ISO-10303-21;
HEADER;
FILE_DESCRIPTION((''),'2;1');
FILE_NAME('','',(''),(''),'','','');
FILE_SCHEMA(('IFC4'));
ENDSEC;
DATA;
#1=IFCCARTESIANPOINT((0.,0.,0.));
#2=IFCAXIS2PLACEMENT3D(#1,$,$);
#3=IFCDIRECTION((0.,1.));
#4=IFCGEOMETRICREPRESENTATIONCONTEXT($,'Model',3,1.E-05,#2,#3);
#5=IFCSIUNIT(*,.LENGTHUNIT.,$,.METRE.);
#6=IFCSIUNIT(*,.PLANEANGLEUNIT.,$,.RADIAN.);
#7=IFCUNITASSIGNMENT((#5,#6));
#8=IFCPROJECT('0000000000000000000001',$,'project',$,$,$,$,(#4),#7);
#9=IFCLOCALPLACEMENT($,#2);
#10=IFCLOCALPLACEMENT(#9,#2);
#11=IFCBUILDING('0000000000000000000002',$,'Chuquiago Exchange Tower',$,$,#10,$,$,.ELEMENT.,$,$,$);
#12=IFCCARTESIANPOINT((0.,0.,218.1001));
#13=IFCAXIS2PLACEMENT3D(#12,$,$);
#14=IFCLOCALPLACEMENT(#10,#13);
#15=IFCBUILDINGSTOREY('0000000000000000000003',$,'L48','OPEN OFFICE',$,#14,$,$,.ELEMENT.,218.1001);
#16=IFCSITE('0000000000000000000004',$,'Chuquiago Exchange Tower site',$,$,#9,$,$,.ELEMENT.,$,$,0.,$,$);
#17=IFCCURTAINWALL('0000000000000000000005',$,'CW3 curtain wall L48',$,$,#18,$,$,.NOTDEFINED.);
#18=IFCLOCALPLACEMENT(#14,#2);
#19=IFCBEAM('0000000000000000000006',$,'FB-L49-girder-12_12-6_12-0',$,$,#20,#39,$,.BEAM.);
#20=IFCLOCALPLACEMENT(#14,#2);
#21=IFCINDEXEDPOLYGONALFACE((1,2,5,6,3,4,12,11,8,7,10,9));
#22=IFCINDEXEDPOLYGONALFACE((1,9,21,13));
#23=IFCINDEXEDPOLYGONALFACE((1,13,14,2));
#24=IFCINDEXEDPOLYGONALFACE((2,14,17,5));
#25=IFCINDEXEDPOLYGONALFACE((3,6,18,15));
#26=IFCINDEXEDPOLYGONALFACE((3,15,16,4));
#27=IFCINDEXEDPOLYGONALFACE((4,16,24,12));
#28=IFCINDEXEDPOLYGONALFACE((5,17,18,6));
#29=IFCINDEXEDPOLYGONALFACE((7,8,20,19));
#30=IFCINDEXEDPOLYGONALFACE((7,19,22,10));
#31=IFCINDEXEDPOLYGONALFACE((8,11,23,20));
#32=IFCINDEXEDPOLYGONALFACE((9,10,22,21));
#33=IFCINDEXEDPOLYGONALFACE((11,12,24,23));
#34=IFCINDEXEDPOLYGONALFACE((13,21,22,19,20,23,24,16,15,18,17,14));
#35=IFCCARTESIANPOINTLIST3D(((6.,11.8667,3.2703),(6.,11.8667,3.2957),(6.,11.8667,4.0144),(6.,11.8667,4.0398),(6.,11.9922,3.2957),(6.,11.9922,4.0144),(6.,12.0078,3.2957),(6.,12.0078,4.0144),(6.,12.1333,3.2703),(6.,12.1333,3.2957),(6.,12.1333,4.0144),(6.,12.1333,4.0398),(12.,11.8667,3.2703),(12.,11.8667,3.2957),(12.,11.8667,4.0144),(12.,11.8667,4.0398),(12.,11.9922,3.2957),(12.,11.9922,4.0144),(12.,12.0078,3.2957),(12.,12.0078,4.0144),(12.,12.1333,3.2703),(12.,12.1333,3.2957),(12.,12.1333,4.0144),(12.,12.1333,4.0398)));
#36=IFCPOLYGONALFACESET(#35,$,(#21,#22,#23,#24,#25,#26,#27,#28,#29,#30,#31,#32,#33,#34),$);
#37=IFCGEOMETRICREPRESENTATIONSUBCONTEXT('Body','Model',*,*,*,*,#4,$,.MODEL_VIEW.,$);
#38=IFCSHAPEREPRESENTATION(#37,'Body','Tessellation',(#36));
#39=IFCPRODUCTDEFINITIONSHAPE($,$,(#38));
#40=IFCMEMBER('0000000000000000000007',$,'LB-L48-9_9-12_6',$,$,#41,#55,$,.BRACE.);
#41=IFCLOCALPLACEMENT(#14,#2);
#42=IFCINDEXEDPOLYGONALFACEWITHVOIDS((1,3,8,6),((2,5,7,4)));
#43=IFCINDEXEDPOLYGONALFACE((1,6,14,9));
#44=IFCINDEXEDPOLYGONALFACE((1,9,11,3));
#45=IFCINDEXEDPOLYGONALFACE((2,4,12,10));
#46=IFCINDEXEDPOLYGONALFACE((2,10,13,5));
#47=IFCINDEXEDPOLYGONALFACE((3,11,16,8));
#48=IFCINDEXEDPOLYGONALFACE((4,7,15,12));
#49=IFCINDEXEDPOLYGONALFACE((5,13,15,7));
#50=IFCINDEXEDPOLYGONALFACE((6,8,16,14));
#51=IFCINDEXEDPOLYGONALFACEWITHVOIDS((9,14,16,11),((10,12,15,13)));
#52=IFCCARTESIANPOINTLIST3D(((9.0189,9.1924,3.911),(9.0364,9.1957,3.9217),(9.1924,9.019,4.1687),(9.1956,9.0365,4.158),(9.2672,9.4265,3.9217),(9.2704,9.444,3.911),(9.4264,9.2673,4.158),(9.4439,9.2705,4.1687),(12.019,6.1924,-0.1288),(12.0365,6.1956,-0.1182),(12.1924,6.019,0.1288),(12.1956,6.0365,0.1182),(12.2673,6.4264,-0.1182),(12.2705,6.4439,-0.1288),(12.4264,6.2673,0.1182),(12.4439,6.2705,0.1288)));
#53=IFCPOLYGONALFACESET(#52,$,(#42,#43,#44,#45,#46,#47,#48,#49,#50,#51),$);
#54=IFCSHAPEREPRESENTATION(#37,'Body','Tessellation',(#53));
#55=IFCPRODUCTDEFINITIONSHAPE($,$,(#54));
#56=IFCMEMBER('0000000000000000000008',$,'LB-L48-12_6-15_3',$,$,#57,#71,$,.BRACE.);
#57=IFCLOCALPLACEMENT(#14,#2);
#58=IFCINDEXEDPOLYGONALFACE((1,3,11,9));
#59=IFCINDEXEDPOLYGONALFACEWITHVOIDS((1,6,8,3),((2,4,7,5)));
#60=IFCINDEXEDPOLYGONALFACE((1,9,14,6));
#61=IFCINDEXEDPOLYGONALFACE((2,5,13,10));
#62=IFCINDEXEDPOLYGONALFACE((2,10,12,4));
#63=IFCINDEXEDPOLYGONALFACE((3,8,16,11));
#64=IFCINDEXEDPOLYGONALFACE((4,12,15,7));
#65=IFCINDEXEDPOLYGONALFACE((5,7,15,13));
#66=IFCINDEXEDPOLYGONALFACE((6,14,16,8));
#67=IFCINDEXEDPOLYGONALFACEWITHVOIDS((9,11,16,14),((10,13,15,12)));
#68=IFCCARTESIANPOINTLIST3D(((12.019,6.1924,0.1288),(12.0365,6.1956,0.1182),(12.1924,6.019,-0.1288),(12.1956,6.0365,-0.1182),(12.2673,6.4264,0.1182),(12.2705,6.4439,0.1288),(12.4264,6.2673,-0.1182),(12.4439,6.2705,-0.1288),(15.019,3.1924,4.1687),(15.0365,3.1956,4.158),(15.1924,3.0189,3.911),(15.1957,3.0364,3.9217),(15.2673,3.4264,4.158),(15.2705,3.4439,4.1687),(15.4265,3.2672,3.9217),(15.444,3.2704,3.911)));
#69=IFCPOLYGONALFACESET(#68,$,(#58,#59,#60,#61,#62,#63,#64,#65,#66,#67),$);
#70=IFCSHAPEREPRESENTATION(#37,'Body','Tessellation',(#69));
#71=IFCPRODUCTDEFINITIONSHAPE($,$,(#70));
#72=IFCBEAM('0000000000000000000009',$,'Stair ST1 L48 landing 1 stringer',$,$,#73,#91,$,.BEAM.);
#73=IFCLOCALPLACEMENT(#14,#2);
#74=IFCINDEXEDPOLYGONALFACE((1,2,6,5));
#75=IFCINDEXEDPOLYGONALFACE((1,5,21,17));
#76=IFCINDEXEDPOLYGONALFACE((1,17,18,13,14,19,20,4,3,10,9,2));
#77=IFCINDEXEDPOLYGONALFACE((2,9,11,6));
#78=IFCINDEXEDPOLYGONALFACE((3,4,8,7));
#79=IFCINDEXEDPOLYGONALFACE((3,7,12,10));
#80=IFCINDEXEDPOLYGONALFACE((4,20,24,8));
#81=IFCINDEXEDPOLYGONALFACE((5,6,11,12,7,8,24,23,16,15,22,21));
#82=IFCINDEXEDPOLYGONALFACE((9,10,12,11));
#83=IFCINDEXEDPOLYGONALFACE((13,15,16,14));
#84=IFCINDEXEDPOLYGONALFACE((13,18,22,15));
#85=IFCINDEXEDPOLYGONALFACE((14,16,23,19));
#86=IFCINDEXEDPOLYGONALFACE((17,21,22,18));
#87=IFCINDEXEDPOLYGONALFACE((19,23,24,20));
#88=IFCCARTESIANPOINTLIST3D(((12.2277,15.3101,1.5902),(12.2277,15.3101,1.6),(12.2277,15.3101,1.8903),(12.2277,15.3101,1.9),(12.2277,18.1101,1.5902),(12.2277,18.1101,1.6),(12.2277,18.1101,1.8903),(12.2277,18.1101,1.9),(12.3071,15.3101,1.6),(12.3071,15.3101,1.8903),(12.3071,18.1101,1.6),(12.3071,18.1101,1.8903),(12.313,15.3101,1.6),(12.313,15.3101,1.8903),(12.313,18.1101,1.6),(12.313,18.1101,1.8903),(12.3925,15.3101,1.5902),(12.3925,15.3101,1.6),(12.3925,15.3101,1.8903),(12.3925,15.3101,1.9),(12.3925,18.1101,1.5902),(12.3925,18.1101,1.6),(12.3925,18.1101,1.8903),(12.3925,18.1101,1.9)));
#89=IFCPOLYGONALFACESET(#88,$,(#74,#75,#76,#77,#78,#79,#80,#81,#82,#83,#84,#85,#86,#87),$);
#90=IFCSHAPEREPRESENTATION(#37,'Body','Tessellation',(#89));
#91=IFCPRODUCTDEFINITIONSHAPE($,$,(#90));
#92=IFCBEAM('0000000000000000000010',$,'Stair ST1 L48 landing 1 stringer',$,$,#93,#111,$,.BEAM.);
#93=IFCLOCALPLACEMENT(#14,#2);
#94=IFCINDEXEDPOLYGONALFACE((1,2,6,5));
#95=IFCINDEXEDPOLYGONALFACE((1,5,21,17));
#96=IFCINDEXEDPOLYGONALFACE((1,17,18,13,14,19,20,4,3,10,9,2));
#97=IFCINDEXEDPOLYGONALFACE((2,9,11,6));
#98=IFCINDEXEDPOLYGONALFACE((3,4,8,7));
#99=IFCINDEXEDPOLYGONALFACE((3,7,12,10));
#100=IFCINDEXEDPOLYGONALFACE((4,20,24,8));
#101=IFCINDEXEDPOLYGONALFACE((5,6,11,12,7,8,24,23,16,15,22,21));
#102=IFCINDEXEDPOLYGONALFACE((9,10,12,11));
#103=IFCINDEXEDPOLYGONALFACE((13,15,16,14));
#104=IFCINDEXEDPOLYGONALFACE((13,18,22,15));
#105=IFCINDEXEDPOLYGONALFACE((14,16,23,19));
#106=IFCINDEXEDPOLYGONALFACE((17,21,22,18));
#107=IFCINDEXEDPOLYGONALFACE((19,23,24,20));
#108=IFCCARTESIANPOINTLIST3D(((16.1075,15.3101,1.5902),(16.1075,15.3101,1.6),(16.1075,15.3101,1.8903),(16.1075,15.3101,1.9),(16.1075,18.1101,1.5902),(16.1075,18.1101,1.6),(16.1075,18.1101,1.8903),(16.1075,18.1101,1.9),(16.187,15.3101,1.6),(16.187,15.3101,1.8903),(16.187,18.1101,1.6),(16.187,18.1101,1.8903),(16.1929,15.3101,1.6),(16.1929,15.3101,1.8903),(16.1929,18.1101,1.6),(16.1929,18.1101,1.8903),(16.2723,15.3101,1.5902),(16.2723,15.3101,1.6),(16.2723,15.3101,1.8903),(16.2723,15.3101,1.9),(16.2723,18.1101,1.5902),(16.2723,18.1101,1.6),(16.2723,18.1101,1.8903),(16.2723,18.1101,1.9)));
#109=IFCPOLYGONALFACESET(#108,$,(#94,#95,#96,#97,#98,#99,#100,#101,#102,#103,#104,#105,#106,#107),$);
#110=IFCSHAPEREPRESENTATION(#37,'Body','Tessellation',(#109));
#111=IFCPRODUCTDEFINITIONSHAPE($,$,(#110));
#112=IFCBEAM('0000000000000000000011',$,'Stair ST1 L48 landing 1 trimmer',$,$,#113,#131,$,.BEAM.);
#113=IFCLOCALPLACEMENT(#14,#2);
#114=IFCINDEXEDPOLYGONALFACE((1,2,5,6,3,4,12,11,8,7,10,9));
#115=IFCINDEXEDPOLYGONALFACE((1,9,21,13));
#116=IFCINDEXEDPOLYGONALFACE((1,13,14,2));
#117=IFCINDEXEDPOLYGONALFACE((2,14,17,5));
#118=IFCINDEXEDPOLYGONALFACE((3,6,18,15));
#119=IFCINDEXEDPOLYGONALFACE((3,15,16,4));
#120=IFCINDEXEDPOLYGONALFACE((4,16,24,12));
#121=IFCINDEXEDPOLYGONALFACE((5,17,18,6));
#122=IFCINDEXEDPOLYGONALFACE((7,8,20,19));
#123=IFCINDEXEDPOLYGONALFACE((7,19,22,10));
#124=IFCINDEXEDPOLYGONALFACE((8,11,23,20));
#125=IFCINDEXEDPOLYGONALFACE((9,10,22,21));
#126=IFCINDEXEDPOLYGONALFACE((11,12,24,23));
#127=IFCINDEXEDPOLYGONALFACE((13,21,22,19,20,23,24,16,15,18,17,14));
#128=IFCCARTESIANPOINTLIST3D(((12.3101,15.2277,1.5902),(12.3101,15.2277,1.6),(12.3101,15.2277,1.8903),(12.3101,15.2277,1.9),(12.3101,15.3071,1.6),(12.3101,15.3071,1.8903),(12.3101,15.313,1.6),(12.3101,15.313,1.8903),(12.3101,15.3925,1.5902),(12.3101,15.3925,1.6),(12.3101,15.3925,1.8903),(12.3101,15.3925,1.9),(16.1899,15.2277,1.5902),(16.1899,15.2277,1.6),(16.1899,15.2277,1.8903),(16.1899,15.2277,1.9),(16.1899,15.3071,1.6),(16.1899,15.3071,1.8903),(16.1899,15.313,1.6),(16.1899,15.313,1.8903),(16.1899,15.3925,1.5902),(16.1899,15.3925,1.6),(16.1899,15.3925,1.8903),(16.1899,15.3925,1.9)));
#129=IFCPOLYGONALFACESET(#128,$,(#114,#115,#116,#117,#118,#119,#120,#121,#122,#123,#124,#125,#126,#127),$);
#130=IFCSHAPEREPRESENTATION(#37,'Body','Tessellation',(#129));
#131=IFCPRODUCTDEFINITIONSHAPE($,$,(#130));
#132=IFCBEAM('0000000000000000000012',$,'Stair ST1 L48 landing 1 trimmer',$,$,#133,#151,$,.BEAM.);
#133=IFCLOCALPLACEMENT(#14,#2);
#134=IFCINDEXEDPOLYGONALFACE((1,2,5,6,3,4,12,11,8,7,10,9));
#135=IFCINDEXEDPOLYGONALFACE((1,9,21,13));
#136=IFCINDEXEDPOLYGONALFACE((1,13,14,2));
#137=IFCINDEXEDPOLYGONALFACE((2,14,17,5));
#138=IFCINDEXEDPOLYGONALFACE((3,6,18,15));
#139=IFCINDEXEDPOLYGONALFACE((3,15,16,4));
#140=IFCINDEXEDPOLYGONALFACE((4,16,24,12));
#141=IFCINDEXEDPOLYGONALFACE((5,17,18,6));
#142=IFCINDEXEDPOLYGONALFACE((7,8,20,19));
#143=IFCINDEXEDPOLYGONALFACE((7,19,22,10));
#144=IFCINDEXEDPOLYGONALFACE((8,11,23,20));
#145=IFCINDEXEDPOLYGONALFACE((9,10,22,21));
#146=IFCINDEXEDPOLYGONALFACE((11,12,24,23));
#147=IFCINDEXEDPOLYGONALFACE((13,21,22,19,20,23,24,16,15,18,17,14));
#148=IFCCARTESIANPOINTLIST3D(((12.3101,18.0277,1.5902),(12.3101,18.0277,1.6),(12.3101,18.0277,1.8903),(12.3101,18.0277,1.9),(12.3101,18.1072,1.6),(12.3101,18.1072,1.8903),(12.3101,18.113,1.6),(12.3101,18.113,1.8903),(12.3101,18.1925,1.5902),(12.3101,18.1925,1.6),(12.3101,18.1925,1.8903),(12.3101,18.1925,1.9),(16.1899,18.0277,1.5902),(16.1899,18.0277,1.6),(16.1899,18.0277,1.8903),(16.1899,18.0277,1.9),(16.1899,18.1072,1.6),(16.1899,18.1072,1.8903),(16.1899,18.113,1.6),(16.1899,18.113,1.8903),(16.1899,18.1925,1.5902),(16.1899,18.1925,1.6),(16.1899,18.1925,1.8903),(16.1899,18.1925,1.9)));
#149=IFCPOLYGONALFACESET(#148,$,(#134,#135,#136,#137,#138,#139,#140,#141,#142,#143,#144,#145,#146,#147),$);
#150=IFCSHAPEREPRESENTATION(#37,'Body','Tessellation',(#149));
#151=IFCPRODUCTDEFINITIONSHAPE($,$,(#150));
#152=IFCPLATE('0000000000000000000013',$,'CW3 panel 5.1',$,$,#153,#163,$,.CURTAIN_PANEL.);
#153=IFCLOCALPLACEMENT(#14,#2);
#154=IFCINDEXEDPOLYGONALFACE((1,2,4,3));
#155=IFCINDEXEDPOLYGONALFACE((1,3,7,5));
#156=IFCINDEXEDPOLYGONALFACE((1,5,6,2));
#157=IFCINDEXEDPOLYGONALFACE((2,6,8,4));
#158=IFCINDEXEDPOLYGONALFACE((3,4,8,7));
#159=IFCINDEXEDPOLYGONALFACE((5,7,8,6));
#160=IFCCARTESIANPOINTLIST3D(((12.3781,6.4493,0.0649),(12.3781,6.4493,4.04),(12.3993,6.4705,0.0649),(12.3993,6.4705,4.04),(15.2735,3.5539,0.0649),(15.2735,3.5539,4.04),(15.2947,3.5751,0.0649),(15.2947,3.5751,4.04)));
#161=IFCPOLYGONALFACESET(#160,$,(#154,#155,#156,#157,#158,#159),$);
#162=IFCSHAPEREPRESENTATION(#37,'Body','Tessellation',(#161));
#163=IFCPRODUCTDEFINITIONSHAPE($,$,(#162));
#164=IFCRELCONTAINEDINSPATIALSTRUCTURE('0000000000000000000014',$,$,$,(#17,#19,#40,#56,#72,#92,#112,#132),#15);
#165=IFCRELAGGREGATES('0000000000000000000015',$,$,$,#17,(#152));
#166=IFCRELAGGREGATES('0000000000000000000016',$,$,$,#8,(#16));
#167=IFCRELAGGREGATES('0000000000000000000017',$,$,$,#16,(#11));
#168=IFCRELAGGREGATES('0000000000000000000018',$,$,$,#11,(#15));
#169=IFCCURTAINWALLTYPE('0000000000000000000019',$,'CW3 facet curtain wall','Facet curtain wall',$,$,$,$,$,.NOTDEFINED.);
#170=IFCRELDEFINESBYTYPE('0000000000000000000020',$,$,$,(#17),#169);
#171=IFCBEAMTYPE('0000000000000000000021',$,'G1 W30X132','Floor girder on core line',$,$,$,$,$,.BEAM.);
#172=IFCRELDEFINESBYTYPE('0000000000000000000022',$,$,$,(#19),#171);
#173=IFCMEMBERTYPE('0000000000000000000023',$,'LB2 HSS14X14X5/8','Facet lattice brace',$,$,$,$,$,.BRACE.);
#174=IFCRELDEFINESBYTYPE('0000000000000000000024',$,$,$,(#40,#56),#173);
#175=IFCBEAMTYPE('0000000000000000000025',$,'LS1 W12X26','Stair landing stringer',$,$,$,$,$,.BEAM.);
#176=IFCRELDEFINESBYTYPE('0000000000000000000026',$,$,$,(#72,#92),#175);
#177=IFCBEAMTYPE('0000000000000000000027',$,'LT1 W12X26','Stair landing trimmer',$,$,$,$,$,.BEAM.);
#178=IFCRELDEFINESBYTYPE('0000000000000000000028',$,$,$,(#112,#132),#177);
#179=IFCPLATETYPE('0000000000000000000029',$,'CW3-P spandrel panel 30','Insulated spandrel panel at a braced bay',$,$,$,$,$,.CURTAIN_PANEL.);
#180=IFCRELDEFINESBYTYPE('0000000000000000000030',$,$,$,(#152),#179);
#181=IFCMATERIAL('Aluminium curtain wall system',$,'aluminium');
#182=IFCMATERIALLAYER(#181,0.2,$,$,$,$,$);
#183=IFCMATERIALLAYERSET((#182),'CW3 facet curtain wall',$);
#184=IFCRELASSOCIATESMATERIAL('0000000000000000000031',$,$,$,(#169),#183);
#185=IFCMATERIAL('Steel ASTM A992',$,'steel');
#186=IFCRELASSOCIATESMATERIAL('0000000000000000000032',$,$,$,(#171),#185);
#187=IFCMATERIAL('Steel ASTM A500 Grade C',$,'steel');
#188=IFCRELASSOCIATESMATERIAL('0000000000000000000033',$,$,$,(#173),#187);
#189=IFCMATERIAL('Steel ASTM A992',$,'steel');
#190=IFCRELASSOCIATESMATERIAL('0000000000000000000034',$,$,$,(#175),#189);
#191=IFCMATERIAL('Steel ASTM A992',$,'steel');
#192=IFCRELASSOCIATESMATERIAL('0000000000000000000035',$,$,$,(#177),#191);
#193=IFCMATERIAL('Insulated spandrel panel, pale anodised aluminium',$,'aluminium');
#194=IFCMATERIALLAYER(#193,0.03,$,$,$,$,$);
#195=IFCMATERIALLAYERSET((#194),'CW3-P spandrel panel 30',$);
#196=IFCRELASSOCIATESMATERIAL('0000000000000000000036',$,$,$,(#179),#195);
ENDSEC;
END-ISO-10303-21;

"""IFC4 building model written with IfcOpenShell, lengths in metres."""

from ifc_helpers import new_model, si_unit, direction, frame, origin, origin_2d, place, context, subcontext, project, spatial, rectangle, hollow_rectangle, i_section, extrude, material, layer, layer_set, material_profile, profile_set, type_object, element, aggregate, save


model = new_model("IFC4")

# Units and contexts
model_context = context("Model", 3, precision=1e-05, world=origin(), true_north=direction((0.0, 1.0)))
body_context = subcontext(model_context, "Body", "Model", "MODEL_VIEW")
ifc_project = project(units=[si_unit("LENGTHUNIT", "METRE"), si_unit("PLANEANGLEUNIT", "RADIAN")], contexts=[model_context])

# Site, building, storey
site_placement = place(None, origin())
site = spatial("IfcSite", under=ifc_project, at=site_placement, Name="Chuquiago Exchange Tower site", CompositionType="ELEMENT", RefElevation=0.0)
building_placement = place(site_placement, origin())
building = spatial("IfcBuilding", under=site, at=building_placement, Name="Chuquiago Exchange Tower", CompositionType="ELEMENT")
storey_placement = place(building_placement, frame((0.0, 0.0, 218.1001)))
storey = spatial("IfcBuildingStorey", under=building, at=storey_placement, Name="L48", Description="OPEN OFFICE", CompositionType="ELEMENT", Elevation=218.1001)

# Curtain wall
ifc_material_1 = material(Name="Aluminium curtain wall system", Category="aluminium")
ifc_layer_1 = layer(ifc_material_1, 0.2)
ifc_layer_set_1 = layer_set([ifc_layer_1], Name="CW3 facet curtain wall")
curtain_wall_type = type_object("IfcCurtainWallType", Name="CW3 facet curtain wall", Description="Facet curtain wall", PredefinedType="NOTDEFINED", material=ifc_layer_set_1)
curtain_wall_placement = place(storey_placement, origin())
curtain_wall = element("IfcCurtainWall", 1, at=curtain_wall_placement, inside=storey, type_object=curtain_wall_type, Name="CW3 curtain wall L48", PredefinedType="NOTDEFINED")

# Beam
ifc_material_2 = material(Name="Steel ASTM A992", Category="steel")
ifc_material_profile_1 = material_profile(ifc_material_2, i_section(OverallWidth=0.2666, OverallDepth=0.7695, WebThickness=0.0156, FlangeThickness=0.0254, at=origin_2d()), Name="W30X132")
ifc_profile_set_1 = profile_set([ifc_material_profile_1], Name="Steel ASTM A992")
beam_type_1 = type_object("IfcBeamType", Name="G1 W30X132", Description="Floor girder on core line", PredefinedType="BEAM", material=ifc_profile_set_1)
for number, where, z_axis, x_axis, name in (
    (2, (12.0, 12.0, 3.655), (-1.0, 0.0, 0.0), (0.0, -1.0, 0.0), "FB-L49-girder-12_12-6_12-0"),
):
    element("IfcBeam", number, at=place(storey_placement, frame(where, z_axis=z_axis, x_axis=x_axis)), inside=storey, type_object=beam_type_1, Name=name, PredefinedType="BEAM", context=body_context, shape_type="SweptSolid", body=[
        extrude(i_section(OverallWidth=0.2666, OverallDepth=0.7695, WebThickness=0.0156, FlangeThickness=0.0254, at=origin_2d()), origin(), (0.0, 0.0, 1.0), 6.0),
    ])

# Members
ifc_material_3 = material(Name="Steel ASTM A500 Grade C", Category="steel")
ifc_material_profile_2 = material_profile(ifc_material_3, hollow_rectangle(XDim=0.3557, YDim=0.3557, WallThickness=0.0146, at=origin_2d()), Name="HSS14X14X5/8")
ifc_profile_set_2 = profile_set([ifc_material_profile_2], Name="Steel ASTM A500 Grade C")
member_type_1 = type_object("IfcMemberType", Name="LB2 HSS14X14X5/8", Description="Facet lattice brace", PredefinedType="BRACE", material=ifc_profile_set_2)
for number, where, z_axis, x_axis, name in (
    (3, (12.2314, 6.2314, 0.0), (-0.512092, 0.512092, 0.689582), (-0.707107, -0.707107, 0.0), "LB-L48-9_9-12_6"),
    (4, (12.2314, 6.2314, 0.0), (0.512092, -0.512092, 0.689582), (0.707107, 0.707107, 0.0), "LB-L48-12_6-15_3"),
):
    element("IfcMember", number, at=place(storey_placement, frame(where, z_axis=z_axis, x_axis=x_axis)), inside=storey, type_object=member_type_1, Name=name, PredefinedType="BRACE", context=body_context, shape_type="SweptSolid", body=[
        extrude(hollow_rectangle(XDim=0.3557, YDim=0.3557, WallThickness=0.0146, at=origin_2d()), origin(), (0.0, 0.0, 1.0), 5.8584),
    ])

# Beams
ifc_material_4 = material(Name="Steel ASTM A992", Category="steel")
ifc_material_profile_3 = material_profile(ifc_material_4, i_section(OverallWidth=0.1648, OverallDepth=0.3098, WebThickness=0.0059, FlangeThickness=0.0098, at=origin_2d()), Name="W12X26")
ifc_profile_set_3 = profile_set([ifc_material_profile_3], Name="Steel ASTM A992")
beam_type_2 = type_object("IfcBeamType", Name="LS1 W12X26", Description="Stair landing stringer", PredefinedType="BEAM", material=ifc_profile_set_3)
for number, where, z_axis, x_axis, name in (
    (5, (12.3101, 15.3101, 1.7451), (0.0, 1.0, 0.0), (-1.0, 0.0, 0.0), "Stair ST1 L48 landing 1 stringer"),
    (6, (16.1899, 15.3101, 1.7451), (0.0, 1.0, 0.0), (-1.0, 0.0, 0.0), "Stair ST1 L48 landing 1 stringer"),
):
    element("IfcBeam", number, at=place(storey_placement, frame(where, z_axis=z_axis, x_axis=x_axis)), inside=storey, type_object=beam_type_2, Name=name, PredefinedType="BEAM", context=body_context, shape_type="SweptSolid", body=[
        extrude(i_section(OverallWidth=0.1648, OverallDepth=0.3098, WebThickness=0.0059, FlangeThickness=0.0098, at=origin_2d()), origin(), (0.0, 0.0, 1.0), 2.8),
    ])
ifc_material_5 = material(Name="Steel ASTM A992", Category="steel")
ifc_material_profile_4 = material_profile(ifc_material_5, i_section(OverallWidth=0.1648, OverallDepth=0.3098, WebThickness=0.0059, FlangeThickness=0.0098, at=origin_2d()), Name="W12X26")
ifc_profile_set_4 = profile_set([ifc_material_profile_4], Name="Steel ASTM A992")
beam_type_3 = type_object("IfcBeamType", Name="LT1 W12X26", Description="Stair landing trimmer", PredefinedType="BEAM", material=ifc_profile_set_4)
for number, where, z_axis, x_axis, name in (
    (7, (12.3101, 15.3101, 1.7451), (1.0, 0.0, 0.0), (0.0, 1.0, 0.0), "Stair ST1 L48 landing 1 trimmer"),
    (8, (12.3101, 18.1101, 1.7451), (1.0, 0.0, 0.0), (0.0, 1.0, 0.0), "Stair ST1 L48 landing 1 trimmer"),
):
    element("IfcBeam", number, at=place(storey_placement, frame(where, z_axis=z_axis, x_axis=x_axis)), inside=storey, type_object=beam_type_3, Name=name, PredefinedType="BEAM", context=body_context, shape_type="SweptSolid", body=[
        extrude(i_section(OverallWidth=0.1648, OverallDepth=0.3098, WebThickness=0.0059, FlangeThickness=0.0098, at=origin_2d()), origin(), (0.0, 0.0, 1.0), 3.8799),
    ])

# Plate
ifc_material_6 = material(Name="Insulated spandrel panel, pale anodised aluminium", Category="aluminium")
ifc_layer_2 = layer(ifc_material_6, 0.03)
ifc_layer_set_2 = layer_set([ifc_layer_2], Name="CW3-P spandrel panel 30")
plate_type = type_object("IfcPlateType", Name="CW3-P spandrel panel 30", Description="Insulated spandrel panel at a braced bay", PredefinedType="CURTAIN_PANEL", material=ifc_layer_set_2)
plate_placement = place(storey_placement, frame((13.8364, 5.0122, 0.0649), z_axis=(0.0, 0.0, 1.0), x_axis=(0.707107, -0.707107, 0.0)))
plate = element("IfcPlate", 9, at=plate_placement, type_object=plate_type, Name="CW3 panel 5.1", PredefinedType="CURTAIN_PANEL", context=body_context, shape_type="SweptSolid", body=[
    extrude(rectangle(XDim=4.0947, YDim=0.03, at=origin_2d()), origin(), (0.0, 0.0, 1.0), 3.9751),
])
aggregate(curtain_wall, [plate])

save(model, "model.ifc")
